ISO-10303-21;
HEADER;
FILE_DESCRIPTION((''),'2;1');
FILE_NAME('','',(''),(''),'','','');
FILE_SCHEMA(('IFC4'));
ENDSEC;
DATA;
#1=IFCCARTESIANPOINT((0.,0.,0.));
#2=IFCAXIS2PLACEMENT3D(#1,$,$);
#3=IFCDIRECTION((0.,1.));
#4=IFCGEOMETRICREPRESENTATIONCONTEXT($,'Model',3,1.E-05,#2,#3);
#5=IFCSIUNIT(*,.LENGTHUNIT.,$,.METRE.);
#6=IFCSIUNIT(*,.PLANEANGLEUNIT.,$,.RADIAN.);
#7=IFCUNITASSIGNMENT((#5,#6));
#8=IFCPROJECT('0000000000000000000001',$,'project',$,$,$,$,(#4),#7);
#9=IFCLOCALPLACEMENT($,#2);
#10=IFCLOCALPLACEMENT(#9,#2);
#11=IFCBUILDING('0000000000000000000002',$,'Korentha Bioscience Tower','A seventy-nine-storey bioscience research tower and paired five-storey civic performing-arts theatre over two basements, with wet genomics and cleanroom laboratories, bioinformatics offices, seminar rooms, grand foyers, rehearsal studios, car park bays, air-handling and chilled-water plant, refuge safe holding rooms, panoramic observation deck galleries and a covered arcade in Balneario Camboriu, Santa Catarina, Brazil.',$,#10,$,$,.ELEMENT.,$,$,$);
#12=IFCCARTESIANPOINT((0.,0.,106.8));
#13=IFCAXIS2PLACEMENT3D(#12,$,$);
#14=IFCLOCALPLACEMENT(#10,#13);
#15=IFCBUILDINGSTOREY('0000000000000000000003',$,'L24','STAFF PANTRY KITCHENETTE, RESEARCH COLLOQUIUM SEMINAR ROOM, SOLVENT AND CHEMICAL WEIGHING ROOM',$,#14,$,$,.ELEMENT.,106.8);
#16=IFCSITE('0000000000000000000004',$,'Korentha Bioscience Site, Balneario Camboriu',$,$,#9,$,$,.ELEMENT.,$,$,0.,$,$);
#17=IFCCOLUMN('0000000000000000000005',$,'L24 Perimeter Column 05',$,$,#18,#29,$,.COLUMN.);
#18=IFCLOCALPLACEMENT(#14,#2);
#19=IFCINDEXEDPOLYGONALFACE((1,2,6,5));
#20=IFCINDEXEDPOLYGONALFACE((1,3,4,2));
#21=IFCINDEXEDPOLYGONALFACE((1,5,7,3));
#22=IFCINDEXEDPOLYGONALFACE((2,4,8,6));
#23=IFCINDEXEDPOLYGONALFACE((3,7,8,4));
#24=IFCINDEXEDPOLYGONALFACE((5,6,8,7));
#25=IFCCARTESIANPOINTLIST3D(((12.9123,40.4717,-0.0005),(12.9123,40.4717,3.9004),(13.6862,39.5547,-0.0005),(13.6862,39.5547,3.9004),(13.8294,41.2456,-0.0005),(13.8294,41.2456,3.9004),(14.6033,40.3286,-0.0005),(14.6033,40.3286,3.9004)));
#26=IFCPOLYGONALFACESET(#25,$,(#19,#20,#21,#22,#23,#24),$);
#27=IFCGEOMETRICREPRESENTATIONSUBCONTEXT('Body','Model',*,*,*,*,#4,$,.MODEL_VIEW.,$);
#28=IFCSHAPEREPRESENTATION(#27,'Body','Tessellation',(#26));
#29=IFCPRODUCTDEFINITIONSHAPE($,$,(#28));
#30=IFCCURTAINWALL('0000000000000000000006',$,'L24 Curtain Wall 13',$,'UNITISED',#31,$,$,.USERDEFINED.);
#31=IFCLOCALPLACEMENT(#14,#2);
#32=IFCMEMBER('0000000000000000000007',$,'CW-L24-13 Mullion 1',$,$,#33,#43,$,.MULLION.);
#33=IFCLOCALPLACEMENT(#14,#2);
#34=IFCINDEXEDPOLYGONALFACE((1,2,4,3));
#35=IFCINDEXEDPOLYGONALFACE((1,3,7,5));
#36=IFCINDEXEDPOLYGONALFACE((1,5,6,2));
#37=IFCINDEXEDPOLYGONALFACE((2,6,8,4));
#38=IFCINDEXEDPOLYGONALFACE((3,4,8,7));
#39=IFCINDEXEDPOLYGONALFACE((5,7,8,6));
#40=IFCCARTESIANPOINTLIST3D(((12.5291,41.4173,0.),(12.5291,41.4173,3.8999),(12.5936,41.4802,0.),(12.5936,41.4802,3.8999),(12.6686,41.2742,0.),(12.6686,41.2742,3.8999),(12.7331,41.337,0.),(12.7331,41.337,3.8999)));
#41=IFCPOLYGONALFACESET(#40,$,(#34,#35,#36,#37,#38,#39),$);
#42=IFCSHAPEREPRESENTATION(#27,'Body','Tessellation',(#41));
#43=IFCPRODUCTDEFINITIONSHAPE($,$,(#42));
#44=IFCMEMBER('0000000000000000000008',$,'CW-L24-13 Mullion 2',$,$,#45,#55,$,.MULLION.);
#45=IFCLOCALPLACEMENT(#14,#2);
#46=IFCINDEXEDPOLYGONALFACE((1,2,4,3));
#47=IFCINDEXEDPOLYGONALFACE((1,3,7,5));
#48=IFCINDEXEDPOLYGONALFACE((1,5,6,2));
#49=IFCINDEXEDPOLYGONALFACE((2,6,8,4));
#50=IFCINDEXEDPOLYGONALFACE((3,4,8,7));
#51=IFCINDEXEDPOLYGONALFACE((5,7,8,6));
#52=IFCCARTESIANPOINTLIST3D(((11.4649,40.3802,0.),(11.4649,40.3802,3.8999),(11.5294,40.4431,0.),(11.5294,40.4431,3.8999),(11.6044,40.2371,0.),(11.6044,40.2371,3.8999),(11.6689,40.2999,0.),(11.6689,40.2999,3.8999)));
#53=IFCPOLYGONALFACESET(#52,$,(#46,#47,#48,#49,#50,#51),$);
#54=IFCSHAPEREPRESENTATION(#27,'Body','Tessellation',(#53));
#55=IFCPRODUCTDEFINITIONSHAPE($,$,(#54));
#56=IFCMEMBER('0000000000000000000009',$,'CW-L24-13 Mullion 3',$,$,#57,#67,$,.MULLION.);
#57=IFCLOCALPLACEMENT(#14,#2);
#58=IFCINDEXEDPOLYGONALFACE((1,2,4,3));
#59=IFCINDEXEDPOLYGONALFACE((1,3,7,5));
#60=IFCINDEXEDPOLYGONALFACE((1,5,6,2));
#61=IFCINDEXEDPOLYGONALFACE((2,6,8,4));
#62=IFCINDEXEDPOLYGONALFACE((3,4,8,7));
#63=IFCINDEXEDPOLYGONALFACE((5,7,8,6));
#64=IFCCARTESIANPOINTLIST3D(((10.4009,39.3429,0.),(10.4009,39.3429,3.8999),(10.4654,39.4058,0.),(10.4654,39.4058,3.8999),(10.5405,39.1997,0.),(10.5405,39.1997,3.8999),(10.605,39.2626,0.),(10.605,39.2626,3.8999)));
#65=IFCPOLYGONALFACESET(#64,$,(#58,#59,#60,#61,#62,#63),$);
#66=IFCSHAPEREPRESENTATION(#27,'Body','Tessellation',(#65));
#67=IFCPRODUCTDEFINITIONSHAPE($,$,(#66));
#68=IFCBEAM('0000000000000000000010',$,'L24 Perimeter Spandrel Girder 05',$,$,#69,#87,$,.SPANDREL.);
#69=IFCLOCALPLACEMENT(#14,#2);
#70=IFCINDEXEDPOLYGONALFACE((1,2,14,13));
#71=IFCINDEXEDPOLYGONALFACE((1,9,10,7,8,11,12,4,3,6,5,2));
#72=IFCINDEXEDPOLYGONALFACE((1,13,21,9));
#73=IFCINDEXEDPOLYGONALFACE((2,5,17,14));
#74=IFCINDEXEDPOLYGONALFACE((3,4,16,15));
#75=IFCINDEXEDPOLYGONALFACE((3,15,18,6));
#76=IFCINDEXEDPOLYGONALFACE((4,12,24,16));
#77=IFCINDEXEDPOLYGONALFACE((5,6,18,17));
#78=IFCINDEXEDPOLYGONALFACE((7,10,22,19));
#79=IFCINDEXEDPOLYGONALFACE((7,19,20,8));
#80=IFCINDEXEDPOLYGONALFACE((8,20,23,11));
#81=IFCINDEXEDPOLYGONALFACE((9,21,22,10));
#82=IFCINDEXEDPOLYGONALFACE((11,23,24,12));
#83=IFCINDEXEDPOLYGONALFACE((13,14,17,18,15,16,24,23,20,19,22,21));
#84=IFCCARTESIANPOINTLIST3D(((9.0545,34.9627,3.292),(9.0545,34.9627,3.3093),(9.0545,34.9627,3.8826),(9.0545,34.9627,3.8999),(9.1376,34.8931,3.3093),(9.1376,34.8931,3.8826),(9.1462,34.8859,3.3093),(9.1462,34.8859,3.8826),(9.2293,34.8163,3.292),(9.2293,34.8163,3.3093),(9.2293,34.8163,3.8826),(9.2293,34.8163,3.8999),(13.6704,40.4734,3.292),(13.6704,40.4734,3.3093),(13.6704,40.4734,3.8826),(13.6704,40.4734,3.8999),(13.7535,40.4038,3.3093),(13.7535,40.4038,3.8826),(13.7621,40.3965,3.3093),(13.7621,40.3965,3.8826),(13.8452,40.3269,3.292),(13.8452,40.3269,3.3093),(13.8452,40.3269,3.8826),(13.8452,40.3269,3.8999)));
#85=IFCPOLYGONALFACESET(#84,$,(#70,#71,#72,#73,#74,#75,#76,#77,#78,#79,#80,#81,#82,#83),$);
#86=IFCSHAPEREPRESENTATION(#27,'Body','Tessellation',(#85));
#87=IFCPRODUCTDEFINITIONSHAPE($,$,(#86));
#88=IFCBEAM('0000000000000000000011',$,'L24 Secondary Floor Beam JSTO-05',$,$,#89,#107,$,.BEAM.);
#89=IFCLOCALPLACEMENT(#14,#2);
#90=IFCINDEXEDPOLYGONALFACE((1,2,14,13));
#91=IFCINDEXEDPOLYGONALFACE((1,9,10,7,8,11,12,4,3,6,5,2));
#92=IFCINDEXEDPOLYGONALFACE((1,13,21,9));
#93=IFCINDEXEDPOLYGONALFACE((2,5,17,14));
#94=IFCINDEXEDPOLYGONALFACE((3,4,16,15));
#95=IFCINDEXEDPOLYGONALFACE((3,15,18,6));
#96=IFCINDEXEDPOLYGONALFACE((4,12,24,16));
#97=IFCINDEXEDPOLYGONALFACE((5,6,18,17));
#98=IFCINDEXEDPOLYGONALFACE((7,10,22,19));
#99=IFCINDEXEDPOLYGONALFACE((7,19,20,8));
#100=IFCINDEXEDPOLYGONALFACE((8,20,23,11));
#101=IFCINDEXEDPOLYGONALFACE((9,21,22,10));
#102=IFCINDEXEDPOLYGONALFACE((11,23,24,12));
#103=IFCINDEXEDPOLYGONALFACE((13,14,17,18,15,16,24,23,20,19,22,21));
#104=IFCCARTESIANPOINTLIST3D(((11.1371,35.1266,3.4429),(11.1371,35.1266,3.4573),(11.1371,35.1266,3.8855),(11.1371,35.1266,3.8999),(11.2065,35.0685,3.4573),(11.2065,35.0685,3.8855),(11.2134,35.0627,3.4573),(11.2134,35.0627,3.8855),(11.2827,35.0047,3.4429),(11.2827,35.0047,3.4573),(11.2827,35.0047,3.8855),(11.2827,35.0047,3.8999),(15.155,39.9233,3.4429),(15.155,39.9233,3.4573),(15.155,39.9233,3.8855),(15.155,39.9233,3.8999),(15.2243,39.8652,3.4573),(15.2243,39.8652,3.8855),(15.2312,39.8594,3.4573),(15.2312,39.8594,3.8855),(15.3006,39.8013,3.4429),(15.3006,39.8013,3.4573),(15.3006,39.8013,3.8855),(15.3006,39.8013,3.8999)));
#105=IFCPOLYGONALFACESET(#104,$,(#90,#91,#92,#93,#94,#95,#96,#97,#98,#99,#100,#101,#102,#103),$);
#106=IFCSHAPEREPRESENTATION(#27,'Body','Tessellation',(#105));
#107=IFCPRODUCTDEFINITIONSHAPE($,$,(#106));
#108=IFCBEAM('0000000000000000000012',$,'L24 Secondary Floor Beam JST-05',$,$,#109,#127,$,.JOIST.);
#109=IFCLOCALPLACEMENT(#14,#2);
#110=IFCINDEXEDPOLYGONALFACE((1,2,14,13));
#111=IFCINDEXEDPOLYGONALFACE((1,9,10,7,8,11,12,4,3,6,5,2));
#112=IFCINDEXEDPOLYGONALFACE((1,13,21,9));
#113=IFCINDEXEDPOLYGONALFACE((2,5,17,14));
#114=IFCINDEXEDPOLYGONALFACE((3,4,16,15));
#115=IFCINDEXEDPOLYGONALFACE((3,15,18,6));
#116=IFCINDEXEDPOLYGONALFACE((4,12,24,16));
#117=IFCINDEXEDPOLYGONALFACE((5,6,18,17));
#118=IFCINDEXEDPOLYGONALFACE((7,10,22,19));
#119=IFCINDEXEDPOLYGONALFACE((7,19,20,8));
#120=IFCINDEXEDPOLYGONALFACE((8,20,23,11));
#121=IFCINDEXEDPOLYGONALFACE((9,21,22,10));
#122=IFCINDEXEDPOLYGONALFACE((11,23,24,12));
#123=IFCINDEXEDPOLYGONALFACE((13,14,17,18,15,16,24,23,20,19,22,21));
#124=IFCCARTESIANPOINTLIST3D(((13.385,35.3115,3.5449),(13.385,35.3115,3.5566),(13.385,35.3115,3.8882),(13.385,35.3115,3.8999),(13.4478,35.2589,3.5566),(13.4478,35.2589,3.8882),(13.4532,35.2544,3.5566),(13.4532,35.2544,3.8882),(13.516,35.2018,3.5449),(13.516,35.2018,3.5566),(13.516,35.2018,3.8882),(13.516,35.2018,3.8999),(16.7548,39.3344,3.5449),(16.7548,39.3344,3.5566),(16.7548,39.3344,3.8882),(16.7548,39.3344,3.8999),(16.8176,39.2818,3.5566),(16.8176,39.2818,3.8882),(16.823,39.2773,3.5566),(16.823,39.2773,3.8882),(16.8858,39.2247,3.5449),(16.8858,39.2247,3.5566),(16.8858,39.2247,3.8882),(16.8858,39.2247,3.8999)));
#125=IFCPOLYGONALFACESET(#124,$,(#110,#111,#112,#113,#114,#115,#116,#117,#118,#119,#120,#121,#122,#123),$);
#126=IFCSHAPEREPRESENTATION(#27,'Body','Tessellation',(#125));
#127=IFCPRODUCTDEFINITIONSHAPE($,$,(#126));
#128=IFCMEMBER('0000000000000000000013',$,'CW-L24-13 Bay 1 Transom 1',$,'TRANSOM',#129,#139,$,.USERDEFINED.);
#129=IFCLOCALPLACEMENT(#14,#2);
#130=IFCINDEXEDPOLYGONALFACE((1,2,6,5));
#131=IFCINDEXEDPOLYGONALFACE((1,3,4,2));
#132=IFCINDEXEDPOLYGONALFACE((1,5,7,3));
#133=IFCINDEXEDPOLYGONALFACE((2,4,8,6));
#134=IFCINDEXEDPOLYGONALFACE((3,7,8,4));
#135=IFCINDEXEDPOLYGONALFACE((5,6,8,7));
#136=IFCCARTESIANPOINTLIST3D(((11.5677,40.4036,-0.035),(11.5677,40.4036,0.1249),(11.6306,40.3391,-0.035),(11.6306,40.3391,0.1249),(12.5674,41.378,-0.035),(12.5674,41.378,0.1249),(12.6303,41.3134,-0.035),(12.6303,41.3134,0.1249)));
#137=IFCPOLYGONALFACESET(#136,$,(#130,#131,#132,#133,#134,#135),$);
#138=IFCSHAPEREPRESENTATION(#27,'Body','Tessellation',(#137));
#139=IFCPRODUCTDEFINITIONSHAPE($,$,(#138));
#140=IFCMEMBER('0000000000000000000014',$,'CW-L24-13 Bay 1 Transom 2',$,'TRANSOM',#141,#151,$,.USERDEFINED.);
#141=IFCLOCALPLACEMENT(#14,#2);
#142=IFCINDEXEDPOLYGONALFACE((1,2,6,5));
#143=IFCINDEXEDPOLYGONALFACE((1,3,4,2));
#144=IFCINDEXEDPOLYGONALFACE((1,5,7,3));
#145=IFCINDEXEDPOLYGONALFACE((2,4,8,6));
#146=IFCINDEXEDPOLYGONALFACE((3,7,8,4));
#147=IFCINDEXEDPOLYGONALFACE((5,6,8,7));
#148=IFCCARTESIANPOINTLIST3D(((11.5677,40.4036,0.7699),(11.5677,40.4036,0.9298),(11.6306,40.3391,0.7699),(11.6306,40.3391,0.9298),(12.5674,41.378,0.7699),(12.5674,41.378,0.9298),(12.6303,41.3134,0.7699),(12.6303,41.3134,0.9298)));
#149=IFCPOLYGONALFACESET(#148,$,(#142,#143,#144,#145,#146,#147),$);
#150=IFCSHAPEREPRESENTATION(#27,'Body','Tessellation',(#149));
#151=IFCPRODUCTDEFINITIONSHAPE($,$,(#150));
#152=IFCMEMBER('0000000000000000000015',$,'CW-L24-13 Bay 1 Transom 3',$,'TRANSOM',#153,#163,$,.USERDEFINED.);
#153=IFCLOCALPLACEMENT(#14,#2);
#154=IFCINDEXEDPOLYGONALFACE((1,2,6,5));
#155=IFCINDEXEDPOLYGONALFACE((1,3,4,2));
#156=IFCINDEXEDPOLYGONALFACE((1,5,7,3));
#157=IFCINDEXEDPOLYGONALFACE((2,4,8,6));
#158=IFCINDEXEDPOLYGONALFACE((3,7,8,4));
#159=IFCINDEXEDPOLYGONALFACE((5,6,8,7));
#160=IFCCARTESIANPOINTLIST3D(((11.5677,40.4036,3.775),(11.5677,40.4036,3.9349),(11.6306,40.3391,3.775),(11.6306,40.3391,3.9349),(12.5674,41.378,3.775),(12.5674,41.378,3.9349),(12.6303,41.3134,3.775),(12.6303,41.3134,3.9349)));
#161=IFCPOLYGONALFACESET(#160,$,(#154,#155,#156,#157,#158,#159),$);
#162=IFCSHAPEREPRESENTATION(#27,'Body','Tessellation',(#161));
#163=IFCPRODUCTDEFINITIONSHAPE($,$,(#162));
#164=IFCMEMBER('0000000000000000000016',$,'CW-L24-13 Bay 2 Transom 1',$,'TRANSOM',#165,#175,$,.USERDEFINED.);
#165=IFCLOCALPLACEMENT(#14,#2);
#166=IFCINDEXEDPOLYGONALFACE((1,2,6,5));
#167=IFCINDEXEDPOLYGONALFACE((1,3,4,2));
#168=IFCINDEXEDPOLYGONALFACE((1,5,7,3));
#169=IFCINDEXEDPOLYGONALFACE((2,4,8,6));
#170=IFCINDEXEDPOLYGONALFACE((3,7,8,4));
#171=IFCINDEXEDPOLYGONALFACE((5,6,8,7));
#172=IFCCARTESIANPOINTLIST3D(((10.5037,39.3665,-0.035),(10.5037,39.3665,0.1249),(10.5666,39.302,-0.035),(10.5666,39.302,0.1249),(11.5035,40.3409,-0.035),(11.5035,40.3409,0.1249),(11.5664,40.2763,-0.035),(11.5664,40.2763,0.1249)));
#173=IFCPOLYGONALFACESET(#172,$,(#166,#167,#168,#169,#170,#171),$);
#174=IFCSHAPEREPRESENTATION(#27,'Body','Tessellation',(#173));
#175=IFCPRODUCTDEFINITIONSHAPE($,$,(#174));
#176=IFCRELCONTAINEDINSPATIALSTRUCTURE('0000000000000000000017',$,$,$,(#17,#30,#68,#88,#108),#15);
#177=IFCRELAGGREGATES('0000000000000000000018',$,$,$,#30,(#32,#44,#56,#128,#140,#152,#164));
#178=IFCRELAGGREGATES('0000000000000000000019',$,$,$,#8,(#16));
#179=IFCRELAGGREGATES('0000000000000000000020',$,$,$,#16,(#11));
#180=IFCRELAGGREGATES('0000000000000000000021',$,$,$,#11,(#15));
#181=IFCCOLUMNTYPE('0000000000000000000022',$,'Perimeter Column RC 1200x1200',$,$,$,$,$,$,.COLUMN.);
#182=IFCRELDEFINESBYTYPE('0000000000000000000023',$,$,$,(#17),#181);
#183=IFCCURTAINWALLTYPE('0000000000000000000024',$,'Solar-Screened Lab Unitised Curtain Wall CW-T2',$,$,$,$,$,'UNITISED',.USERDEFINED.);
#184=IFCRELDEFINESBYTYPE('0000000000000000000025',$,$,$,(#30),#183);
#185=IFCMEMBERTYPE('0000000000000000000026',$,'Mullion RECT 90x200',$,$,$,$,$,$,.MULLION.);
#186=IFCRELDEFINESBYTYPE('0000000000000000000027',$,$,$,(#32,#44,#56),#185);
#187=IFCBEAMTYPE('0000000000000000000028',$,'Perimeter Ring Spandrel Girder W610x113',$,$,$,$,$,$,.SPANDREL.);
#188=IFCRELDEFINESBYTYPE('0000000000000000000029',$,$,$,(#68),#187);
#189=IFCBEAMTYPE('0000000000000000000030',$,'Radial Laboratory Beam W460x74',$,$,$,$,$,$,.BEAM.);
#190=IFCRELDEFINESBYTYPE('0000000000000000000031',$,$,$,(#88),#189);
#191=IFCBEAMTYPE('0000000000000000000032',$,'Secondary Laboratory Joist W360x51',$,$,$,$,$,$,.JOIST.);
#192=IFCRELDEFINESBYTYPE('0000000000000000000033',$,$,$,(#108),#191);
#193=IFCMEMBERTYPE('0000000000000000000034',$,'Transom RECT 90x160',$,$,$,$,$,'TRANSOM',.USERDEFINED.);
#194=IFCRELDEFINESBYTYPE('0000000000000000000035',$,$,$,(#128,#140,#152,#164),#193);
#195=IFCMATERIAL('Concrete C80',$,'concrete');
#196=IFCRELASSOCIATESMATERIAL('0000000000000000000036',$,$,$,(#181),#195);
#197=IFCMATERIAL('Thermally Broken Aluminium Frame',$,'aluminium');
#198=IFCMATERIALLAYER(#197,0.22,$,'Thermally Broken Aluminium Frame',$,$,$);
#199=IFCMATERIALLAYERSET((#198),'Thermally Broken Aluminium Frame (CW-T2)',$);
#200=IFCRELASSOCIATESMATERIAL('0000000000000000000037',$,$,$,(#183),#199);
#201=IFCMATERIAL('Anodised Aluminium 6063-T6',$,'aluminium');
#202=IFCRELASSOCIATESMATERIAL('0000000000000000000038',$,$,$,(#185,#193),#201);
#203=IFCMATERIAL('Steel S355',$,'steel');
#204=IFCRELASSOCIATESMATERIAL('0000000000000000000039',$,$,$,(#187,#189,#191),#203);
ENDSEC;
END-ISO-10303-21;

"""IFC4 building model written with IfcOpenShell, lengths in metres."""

from ifc_helpers import new_model, si_unit, direction, frame, origin, origin_2d, place, context, subcontext, project, spatial, rectangle, i_section, extrude, material, layer, layer_set, material_profile, profile_set, type_object, element, aggregate, save


model = new_model("IFC4")

# Units and contexts
model_context = context("Model", 3, precision=1e-05, world=origin(), true_north=direction((0.0, 1.0)))
body_context = subcontext(model_context, "Body", "Model", "MODEL_VIEW")
ifc_project = project(units=[si_unit("LENGTHUNIT", "METRE"), si_unit("PLANEANGLEUNIT", "RADIAN")], contexts=[model_context])

# Site, building, storey
site_placement = place(None, origin())
site = spatial("IfcSite", under=ifc_project, at=site_placement, Name="Korentha Bioscience Site, Balneario Camboriu", CompositionType="ELEMENT", RefElevation=0.0)
building_placement = place(site_placement, origin())
building = spatial("IfcBuilding", under=site, at=building_placement, Name="Korentha Bioscience Tower", Description="A seventy-nine-storey bioscience research tower and paired five-storey civic performing-arts theatre over two basements, with wet genomics and cleanroom laboratories, bioinformatics offices, seminar rooms, grand foyers, rehearsal studios, car park bays, air-handling and chilled-water plant, refuge safe holding rooms, panoramic observation deck galleries and a covered arcade in Balneario Camboriu, Santa Catarina, Brazil.", CompositionType="ELEMENT")
storey_placement = place(building_placement, frame((0.0, 0.0, 106.8)))
storey = spatial("IfcBuildingStorey", under=building, at=storey_placement, Name="L24", Description="STAFF PANTRY KITCHENETTE, RESEARCH COLLOQUIUM SEMINAR ROOM, SOLVENT AND CHEMICAL WEIGHING ROOM", CompositionType="ELEMENT", Elevation=106.8)

# Column
ifc_material_1 = material(Name="Concrete C80", Category="concrete")
ifc_material_profile_1 = material_profile(ifc_material_1, rectangle(XDim=1.2, YDim=1.2, at=origin_2d()), Name="Concrete C80")
ifc_profile_set_1 = profile_set([ifc_material_profile_1], Name="Concrete C80 (COL-P12)")
column_type = type_object("IfcColumnType", Name="Perimeter Column RC 1200x1200", PredefinedType="COLUMN", material=ifc_profile_set_1)
column_placement = place(storey_placement, frame((13.7578, 40.4001, -0.0005), z_axis=(0.0, 0.0, 1.0), x_axis=(0.764246, 0.644924, 0.0)))
element("IfcColumn", 1, at=column_placement, inside=storey, type_object=column_type, Name="L24 Perimeter Column 05", PredefinedType="COLUMN", context=body_context, shape_type="SweptSolid", body=[
    extrude(rectangle(XDim=1.2, YDim=1.2, at=origin_2d()), origin(), (0.0, 0.0, 1.0), 3.9009),
])

# Curtain wall, members
ifc_material_2 = material(Name="Thermally Broken Aluminium Frame", Category="aluminium")
ifc_layer_1 = layer(ifc_material_2, 0.22, Name="Thermally Broken Aluminium Frame")
ifc_layer_set_1 = layer_set([ifc_layer_1], Name="Thermally Broken Aluminium Frame (CW-T2)")
curtain_wall_type = type_object("IfcCurtainWallType", Name="Solar-Screened Lab Unitised Curtain Wall CW-T2", ElementType="UNITISED", PredefinedType="USERDEFINED", material=ifc_layer_set_1)
curtain_wall_placement = place(storey_placement, origin())
curtain_wall = element("IfcCurtainWall", 2, at=curtain_wall_placement, inside=storey, type_object=curtain_wall_type, Name="L24 Curtain Wall 13", ObjectType="UNITISED", PredefinedType="USERDEFINED")
ifc_material_3 = material(Name="Anodised Aluminium 6063-T6", Category="aluminium")
ifc_material_profile_2 = material_profile(ifc_material_3, rectangle(XDim=0.0901, YDim=0.2, at=origin_2d()), Name="Anodised Aluminium 6063-T6")
ifc_profile_set_2 = profile_set([ifc_material_profile_2], Name="Anodised Aluminium 6063-T6 (CW-MUL)")
member_type_1 = type_object("IfcMemberType", Name="Mullion RECT 90x200", PredefinedType="MULLION", material=ifc_profile_set_2)
member_1_placement = place(storey_placement, frame((12.6311, 41.3772, 0.0), z_axis=(0.0, 0.0, 1.0), x_axis=(-0.716096, -0.698002, 0.0)))
member_1 = element("IfcMember", 3, at=member_1_placement, type_object=member_type_1, Name="CW-L24-13 Mullion 1", PredefinedType="MULLION", context=body_context, shape_type="SweptSolid", body=[
    extrude(rectangle(XDim=0.0901, YDim=0.2, at=origin_2d()), origin(), (0.0, 0.0, 1.0), 3.8999),
])
member_2_placement = place(storey_placement, frame((11.5669, 40.3401, 0.0), z_axis=(0.0, 0.0, 1.0), x_axis=(-0.716096, -0.698002, 0.0)))
member_2 = element("IfcMember", 4, at=member_2_placement, type_object=member_type_1, Name="CW-L24-13 Mullion 2", PredefinedType="MULLION", context=body_context, shape_type="SweptSolid", body=[
    extrude(rectangle(XDim=0.0901, YDim=0.2, at=origin_2d()), origin(), (0.0, 0.0, 1.0), 3.8999),
])
member_3_placement = place(storey_placement, frame((10.5029, 39.3027, 0.0), z_axis=(0.0, 0.0, 1.0), x_axis=(-0.716096, -0.698002, 0.0)))
member_3 = element("IfcMember", 5, at=member_3_placement, type_object=member_type_1, Name="CW-L24-13 Mullion 3", PredefinedType="MULLION", context=body_context, shape_type="SweptSolid", body=[
    extrude(rectangle(XDim=0.0901, YDim=0.2, at=origin_2d()), origin(), (0.0, 0.0, 1.0), 3.8999),
])

# Beams
ifc_material_4 = material(Name="Steel S355", Category="steel")
ifc_material_profile_3 = material_profile(ifc_material_4, i_section(OverallWidth=0.228, OverallDepth=0.6079, WebThickness=0.0112, FlangeThickness=0.0173, at=origin_2d()), Name="Steel S355")
ifc_profile_set_3 = profile_set([ifc_material_profile_3], Name="Steel S355 (SB-610)")
beam_type_1 = type_object("IfcBeamType", Name="Perimeter Ring Spandrel Girder W610x113", PredefinedType="SPANDREL", material=ifc_profile_set_3)
beam_1_placement = place(storey_placement, frame((13.7578, 40.4001, 3.5959), z_axis=(-0.642127, -0.766599, 0.0), x_axis=(0.766599, -0.642127, 0.0)))
element("IfcBeam", 6, at=beam_1_placement, inside=storey, type_object=beam_type_1, Name="L24 Perimeter Spandrel Girder 05", PredefinedType="SPANDREL", context=body_context, shape_type="SweptSolid", body=[
    extrude(i_section(OverallWidth=0.228, OverallDepth=0.6079, WebThickness=0.0112, FlangeThickness=0.0173, at=origin_2d()), origin(), (0.0, 0.0, 1.0), 7.1885),
])
ifc_material_profile_4 = material_profile(ifc_material_4, i_section(OverallWidth=0.1899, OverallDepth=0.457, WebThickness=0.009, FlangeThickness=0.0144, at=origin_2d()), Name="Steel S355")
ifc_profile_set_4 = profile_set([ifc_material_profile_4], Name="Steel S355 (RB-460)")
beam_type_2 = type_object("IfcBeamType", Name="Radial Laboratory Beam W460x74", PredefinedType="BEAM", material=ifc_profile_set_4)
beam_2_placement = place(storey_placement, frame((15.2278, 39.8623, 3.6714), z_axis=(-0.642128, -0.766597, 0.0), x_axis=(0.766597, -0.642128, 0.0)))
element("IfcBeam", 7, at=beam_2_placement, inside=storey, type_object=beam_type_2, Name="L24 Secondary Floor Beam JSTO-05", PredefinedType="BEAM", context=body_context, shape_type="SweptSolid", body=[
    extrude(i_section(OverallWidth=0.1899, OverallDepth=0.457, WebThickness=0.009, FlangeThickness=0.0144, at=origin_2d()), origin(), (0.0, 0.0, 1.0), 6.2571),
])
ifc_material_profile_5 = material_profile(ifc_material_4, i_section(OverallWidth=0.1709, OverallDepth=0.355, WebThickness=0.0071, FlangeThickness=0.0117, at=origin_2d()), Name="Steel S355")
ifc_profile_set_5 = profile_set([ifc_material_profile_5], Name="Steel S355 (JB-360)")
beam_type_3 = type_object("IfcBeamType", Name="Secondary Laboratory Joist W360x51", PredefinedType="JOIST", material=ifc_profile_set_5)
beam_3_placement = place(storey_placement, frame((16.8203, 39.2795, 3.7224), z_axis=(-0.642141, -0.766587, 0.0), x_axis=(0.766587, -0.642141, 0.0)))
element("IfcBeam", 8, at=beam_3_placement, inside=storey, type_object=beam_type_3, Name="L24 Secondary Floor Beam JST-05", PredefinedType="JOIST", context=body_context, shape_type="SweptSolid", body=[
    extrude(i_section(OverallWidth=0.1709, OverallDepth=0.355, WebThickness=0.0071, FlangeThickness=0.0117, at=origin_2d()), origin(), (0.0, 0.0, 1.0), 5.2478),
])

# Members
ifc_material_profile_6 = material_profile(ifc_material_3, rectangle(XDim=0.0901, YDim=0.1599, at=origin_2d()), Name="Anodised Aluminium 6063-T6")
ifc_profile_set_6 = profile_set([ifc_material_profile_6], Name="Anodised Aluminium 6063-T6 (CW-TRN)")
member_type_2 = type_object("IfcMemberType", Name="Transom RECT 90x160", ElementType="TRANSOM", PredefinedType="USERDEFINED", material=ifc_profile_set_6)
member_4_placement = place(storey_placement, frame((12.5989, 41.3457, 0.0449), z_axis=(-0.716142, -0.697954, 0.0), x_axis=(0.697954, -0.716142, 0.0)))
member_4 = element("IfcMember", 9, at=member_4_placement, type_object=member_type_2, Name="CW-L24-13 Bay 1 Transom 1", ObjectType="TRANSOM", PredefinedType="USERDEFINED", context=body_context, shape_type="SweptSolid", body=[
    extrude(rectangle(XDim=0.0901, YDim=0.1599, at=origin_2d()), origin(), (0.0, 0.0, 1.0), 1.396),
])
member_5_placement = place(storey_placement, frame((12.5989, 41.3457, 0.8499), z_axis=(-0.716142, -0.697954, 0.0), x_axis=(0.697954, -0.716142, 0.0)))
member_5 = element("IfcMember", 10, at=member_5_placement, type_object=member_type_2, Name="CW-L24-13 Bay 1 Transom 2", ObjectType="TRANSOM", PredefinedType="USERDEFINED", context=body_context, shape_type="SweptSolid", body=[
    extrude(rectangle(XDim=0.0901, YDim=0.1599, at=origin_2d()), origin(), (0.0, 0.0, 1.0), 1.396),
])
member_6_placement = place(storey_placement, frame((12.5989, 41.3457, 3.855), z_axis=(-0.716142, -0.697954, 0.0), x_axis=(0.697954, -0.716142, 0.0)))
member_6 = element("IfcMember", 11, at=member_6_placement, type_object=member_type_2, Name="CW-L24-13 Bay 1 Transom 3", ObjectType="TRANSOM", PredefinedType="USERDEFINED", context=body_context, shape_type="SweptSolid", body=[
    extrude(rectangle(XDim=0.0901, YDim=0.1599, at=origin_2d()), origin(), (0.0, 0.0, 1.0), 1.396),
])
member_7_placement = place(storey_placement, frame((11.5349, 40.3086, 0.0449), z_axis=(-0.716142, -0.697954, 0.0), x_axis=(0.697954, -0.716142, 0.0)))
member_7 = element("IfcMember", 12, at=member_7_placement, type_object=member_type_2, Name="CW-L24-13 Bay 2 Transom 1", ObjectType="TRANSOM", PredefinedType="USERDEFINED", context=body_context, shape_type="SweptSolid", body=[
    extrude(rectangle(XDim=0.0901, YDim=0.1599, at=origin_2d()), origin(), (0.0, 0.0, 1.0), 1.396),
])

aggregate(curtain_wall, [member_1, member_2, member_3, member_4, member_5, member_6, member_7])

save(model, "model.ifc")
